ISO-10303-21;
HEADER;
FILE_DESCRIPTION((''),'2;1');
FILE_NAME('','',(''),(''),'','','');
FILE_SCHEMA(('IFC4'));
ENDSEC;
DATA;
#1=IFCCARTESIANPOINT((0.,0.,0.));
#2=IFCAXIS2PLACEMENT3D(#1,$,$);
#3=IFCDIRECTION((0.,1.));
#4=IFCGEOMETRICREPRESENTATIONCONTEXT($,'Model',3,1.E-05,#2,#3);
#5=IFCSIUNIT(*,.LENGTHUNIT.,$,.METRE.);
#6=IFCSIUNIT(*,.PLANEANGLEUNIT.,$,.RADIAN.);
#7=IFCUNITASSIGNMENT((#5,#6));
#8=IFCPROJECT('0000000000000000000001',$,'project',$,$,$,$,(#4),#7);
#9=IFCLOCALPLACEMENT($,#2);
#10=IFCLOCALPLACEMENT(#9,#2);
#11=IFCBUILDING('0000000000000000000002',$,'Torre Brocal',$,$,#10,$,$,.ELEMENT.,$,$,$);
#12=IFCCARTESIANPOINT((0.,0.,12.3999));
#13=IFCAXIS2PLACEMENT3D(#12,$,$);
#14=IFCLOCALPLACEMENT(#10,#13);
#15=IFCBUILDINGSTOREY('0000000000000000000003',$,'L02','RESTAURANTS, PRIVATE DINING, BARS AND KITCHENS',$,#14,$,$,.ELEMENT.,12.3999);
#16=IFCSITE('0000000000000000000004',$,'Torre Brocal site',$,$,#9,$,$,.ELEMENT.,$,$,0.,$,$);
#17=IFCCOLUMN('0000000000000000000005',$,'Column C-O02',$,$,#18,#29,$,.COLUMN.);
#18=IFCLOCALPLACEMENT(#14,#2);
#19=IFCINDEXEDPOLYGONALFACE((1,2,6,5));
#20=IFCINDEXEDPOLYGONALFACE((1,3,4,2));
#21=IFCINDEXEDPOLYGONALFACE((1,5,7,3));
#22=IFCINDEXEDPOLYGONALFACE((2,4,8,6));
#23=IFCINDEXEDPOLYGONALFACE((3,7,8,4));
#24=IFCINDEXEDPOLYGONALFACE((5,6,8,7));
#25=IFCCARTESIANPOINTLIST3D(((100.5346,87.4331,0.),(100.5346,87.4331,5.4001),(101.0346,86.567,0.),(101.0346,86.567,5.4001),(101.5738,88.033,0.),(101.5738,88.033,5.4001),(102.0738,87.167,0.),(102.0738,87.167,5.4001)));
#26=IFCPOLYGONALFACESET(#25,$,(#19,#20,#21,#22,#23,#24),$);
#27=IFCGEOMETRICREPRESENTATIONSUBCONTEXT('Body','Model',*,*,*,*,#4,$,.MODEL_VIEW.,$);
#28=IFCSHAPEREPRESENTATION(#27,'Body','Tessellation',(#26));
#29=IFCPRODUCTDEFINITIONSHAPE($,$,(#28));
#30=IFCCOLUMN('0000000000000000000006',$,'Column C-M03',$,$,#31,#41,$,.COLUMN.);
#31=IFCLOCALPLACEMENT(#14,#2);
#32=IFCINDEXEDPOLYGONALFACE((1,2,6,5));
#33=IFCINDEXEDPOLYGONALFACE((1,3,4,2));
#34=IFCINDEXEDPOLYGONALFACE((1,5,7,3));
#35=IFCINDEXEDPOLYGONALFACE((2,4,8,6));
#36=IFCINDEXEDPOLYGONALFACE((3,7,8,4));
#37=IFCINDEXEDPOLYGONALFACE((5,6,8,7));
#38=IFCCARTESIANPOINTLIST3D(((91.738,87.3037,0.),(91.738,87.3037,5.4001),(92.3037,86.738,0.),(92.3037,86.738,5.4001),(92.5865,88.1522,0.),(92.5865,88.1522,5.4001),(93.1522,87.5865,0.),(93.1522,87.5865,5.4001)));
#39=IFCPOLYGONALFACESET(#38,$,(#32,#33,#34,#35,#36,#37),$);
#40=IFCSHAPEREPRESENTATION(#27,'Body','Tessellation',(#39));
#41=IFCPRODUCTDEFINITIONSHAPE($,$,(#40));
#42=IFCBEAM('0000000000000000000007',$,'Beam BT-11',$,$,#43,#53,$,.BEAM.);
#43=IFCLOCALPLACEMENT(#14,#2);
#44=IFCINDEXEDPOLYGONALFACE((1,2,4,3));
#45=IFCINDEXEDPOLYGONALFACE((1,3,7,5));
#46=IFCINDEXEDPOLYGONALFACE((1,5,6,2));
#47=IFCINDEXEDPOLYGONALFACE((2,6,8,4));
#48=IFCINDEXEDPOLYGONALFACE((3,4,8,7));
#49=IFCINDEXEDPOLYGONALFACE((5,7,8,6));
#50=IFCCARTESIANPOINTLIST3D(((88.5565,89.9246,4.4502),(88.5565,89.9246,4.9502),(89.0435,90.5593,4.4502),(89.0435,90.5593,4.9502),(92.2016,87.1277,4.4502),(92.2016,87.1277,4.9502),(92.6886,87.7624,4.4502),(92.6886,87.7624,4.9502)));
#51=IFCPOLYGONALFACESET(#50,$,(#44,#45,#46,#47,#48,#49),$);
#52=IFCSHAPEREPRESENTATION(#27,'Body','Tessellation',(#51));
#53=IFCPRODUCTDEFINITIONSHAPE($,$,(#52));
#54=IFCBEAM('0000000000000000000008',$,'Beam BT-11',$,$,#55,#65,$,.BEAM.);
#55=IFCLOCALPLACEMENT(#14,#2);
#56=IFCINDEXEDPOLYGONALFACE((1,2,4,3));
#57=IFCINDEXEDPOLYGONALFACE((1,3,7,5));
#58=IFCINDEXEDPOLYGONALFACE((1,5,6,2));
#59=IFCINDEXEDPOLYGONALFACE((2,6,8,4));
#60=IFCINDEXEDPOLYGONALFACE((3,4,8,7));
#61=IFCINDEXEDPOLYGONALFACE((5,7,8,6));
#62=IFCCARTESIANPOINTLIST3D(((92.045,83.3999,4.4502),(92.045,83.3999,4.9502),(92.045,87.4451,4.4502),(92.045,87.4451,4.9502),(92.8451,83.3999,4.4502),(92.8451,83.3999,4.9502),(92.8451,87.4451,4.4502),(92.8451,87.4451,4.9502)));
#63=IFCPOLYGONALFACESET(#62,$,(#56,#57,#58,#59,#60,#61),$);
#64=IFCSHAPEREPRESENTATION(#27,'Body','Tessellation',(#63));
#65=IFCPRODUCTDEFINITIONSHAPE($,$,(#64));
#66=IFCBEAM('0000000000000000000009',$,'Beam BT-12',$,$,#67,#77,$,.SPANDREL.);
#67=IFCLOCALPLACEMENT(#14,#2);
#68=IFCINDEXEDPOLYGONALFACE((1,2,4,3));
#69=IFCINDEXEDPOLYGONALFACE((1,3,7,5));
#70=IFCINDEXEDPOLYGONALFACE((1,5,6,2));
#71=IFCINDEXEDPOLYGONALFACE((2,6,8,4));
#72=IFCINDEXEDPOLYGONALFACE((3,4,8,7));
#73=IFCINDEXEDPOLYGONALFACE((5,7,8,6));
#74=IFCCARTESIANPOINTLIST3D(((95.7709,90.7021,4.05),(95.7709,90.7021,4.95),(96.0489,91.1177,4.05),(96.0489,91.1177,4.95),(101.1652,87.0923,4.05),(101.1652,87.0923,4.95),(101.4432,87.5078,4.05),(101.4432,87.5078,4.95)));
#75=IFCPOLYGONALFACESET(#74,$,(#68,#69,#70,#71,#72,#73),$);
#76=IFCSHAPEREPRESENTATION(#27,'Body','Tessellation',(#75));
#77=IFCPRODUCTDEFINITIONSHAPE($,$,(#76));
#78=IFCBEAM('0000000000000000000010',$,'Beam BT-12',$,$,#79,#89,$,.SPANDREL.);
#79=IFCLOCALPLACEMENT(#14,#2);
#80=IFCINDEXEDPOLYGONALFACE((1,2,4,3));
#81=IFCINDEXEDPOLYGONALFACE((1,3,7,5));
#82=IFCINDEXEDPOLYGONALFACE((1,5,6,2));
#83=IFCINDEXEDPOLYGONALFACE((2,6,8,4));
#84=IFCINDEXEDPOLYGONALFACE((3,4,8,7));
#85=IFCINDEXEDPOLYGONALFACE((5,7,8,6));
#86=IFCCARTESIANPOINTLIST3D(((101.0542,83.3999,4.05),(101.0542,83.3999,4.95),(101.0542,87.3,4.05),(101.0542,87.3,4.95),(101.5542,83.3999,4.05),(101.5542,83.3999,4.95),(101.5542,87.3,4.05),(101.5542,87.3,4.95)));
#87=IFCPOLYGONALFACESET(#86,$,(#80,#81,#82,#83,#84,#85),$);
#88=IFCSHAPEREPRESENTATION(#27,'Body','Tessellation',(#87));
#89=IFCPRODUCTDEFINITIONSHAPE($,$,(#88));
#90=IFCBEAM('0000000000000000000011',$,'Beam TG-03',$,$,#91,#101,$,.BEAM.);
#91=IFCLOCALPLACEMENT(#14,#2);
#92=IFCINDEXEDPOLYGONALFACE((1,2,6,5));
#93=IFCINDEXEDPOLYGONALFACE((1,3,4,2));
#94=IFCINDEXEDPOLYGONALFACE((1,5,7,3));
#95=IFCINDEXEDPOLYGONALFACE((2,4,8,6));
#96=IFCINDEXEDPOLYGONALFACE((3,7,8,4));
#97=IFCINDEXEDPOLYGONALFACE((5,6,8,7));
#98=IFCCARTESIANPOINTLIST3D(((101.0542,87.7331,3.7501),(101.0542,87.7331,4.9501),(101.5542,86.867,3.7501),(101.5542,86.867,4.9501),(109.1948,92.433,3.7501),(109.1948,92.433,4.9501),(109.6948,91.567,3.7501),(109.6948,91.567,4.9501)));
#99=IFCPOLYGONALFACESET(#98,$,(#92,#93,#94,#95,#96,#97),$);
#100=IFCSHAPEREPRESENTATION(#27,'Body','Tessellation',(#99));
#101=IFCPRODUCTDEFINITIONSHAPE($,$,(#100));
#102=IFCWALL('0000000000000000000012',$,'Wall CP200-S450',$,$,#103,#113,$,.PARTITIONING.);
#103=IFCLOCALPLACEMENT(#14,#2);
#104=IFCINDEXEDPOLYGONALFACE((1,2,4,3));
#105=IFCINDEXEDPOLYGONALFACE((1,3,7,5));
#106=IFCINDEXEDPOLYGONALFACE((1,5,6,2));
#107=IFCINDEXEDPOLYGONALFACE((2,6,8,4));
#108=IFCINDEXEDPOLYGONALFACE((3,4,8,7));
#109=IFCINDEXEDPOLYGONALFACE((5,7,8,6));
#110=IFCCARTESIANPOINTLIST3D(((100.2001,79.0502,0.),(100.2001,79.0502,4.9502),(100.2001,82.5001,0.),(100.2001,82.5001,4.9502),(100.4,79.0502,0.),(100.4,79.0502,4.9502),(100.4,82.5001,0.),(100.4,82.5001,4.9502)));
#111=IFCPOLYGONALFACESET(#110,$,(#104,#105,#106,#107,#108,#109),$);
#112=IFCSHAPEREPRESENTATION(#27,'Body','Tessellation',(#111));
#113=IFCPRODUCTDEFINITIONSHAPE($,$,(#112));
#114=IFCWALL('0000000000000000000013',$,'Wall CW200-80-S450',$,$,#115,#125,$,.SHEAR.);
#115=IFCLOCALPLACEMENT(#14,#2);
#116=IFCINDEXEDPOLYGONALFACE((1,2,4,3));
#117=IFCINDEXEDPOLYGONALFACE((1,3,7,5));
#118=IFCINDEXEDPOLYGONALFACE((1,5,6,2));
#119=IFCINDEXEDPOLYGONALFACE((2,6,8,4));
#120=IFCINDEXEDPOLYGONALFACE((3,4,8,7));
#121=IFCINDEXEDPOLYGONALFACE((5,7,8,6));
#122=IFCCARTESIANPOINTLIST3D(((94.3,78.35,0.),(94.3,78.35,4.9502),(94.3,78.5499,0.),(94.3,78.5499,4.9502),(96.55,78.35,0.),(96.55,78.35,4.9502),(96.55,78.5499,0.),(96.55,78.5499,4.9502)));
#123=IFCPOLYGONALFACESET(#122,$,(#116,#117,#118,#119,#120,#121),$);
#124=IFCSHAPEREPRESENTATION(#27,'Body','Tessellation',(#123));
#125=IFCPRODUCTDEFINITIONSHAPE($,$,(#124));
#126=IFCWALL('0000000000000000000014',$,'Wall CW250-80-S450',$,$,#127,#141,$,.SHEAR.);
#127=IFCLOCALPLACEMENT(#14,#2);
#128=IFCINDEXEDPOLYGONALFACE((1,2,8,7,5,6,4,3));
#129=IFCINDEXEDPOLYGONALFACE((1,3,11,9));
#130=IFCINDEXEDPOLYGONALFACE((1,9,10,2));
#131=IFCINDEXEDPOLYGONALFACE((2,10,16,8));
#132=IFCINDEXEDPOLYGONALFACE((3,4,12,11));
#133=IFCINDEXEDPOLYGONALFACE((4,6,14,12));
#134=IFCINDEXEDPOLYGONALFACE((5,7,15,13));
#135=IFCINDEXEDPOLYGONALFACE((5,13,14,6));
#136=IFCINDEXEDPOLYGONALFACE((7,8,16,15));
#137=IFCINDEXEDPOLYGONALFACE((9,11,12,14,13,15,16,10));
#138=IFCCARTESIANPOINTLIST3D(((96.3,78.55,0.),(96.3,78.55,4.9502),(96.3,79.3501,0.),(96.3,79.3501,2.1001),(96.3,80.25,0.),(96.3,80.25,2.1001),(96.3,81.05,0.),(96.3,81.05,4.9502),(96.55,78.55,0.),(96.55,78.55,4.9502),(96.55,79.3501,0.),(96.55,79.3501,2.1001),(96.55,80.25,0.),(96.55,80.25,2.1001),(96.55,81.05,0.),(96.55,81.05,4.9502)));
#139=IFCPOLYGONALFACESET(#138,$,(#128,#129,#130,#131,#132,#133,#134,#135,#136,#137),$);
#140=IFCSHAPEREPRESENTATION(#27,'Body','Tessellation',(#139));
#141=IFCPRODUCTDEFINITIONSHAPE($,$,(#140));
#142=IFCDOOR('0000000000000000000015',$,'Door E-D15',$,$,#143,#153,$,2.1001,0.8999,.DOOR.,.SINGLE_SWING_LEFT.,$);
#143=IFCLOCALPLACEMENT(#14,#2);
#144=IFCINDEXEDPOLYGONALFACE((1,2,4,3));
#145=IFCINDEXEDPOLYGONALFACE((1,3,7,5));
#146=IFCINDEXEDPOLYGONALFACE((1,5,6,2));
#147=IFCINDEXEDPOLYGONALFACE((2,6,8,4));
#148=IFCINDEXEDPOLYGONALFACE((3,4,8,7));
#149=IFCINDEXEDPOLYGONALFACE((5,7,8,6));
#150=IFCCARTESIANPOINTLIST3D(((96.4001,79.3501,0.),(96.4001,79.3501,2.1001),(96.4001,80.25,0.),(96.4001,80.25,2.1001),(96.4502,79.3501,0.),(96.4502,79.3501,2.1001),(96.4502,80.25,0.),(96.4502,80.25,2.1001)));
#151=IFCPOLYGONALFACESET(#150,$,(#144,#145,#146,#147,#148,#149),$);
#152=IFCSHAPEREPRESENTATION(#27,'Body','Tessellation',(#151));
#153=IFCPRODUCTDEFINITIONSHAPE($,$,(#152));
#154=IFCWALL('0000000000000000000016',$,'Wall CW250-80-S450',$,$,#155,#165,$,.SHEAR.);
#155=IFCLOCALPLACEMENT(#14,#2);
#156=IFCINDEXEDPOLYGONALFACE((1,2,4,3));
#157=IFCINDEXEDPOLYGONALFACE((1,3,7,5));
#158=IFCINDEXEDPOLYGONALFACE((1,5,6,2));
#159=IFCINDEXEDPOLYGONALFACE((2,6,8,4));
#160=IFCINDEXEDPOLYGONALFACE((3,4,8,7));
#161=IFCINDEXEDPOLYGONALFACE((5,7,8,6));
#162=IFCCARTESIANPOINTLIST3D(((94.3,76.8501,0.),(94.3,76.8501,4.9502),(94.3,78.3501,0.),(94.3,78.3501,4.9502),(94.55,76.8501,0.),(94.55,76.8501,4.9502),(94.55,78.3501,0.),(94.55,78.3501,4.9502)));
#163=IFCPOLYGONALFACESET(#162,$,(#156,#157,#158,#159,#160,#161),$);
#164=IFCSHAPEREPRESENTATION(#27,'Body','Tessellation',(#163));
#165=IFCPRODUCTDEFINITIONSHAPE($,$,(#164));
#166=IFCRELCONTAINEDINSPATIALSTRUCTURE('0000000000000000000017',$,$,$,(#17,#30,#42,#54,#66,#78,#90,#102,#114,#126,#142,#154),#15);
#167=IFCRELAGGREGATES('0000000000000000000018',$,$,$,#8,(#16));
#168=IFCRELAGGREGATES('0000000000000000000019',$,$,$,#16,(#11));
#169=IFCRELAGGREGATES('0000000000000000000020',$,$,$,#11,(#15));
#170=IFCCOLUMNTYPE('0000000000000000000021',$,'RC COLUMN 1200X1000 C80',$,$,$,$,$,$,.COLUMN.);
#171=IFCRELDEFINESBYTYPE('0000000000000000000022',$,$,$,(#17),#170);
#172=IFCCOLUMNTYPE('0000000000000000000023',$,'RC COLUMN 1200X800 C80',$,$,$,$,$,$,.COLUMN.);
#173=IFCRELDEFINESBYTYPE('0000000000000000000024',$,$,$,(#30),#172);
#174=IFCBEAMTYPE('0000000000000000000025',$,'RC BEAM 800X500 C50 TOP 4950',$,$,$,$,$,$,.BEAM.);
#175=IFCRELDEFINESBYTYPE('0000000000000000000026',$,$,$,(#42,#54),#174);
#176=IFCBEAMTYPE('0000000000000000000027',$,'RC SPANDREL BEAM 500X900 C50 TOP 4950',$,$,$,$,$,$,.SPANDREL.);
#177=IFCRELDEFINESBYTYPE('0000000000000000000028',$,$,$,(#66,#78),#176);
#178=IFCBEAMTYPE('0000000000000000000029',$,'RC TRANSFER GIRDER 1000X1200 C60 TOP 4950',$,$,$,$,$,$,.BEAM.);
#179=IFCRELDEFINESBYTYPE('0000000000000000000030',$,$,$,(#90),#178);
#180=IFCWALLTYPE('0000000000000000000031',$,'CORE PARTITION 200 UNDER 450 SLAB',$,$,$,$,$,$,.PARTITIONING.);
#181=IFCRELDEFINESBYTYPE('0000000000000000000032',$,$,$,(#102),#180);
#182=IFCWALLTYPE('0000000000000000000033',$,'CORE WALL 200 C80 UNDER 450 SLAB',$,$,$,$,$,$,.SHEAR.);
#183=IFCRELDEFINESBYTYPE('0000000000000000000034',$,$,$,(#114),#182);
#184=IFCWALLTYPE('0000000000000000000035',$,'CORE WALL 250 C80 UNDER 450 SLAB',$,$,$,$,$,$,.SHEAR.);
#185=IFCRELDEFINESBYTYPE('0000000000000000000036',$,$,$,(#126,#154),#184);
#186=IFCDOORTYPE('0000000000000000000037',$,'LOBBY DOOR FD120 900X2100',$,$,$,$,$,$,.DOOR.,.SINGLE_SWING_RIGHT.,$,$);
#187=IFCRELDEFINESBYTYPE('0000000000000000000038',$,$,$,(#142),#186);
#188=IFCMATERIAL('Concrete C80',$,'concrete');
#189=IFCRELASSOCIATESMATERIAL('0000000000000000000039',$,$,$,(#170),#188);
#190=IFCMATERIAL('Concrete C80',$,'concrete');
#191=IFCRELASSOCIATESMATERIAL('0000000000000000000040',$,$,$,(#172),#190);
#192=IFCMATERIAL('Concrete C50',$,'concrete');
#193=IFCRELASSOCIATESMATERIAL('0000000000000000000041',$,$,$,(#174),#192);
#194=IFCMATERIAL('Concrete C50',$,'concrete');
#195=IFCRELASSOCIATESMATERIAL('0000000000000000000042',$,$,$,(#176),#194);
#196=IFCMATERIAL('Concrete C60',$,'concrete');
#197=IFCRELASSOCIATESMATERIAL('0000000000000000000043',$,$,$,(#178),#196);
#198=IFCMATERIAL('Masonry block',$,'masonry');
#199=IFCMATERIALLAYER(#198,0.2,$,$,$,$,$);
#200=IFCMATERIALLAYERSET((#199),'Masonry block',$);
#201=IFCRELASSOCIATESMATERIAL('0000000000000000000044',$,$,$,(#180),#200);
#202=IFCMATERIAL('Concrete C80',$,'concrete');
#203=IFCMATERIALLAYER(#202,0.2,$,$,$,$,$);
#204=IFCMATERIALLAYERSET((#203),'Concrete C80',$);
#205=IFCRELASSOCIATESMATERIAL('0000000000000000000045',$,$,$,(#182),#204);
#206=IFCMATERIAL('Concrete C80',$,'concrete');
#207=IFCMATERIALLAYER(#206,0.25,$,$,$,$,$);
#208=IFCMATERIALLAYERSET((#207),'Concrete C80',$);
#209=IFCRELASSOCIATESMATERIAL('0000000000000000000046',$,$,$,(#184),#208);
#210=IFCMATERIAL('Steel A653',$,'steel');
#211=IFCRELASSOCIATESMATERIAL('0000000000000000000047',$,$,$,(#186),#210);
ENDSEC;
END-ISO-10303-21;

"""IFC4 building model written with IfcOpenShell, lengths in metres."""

from ifc_helpers import new_model, si_unit, direction, frame, frame_2d, origin, origin_2d, place, context, subcontext, project, spatial, rectangle, extrude, material, layer, layer_set, material_profile, profile_set, type_object, element, fill, save


model = new_model("IFC4")

# Units and contexts
model_context = context("Model", 3, precision=1e-05, world=origin(), true_north=direction((0.0, 1.0)))
body_context = subcontext(model_context, "Body", "Model", "MODEL_VIEW")
ifc_project = project(units=[si_unit("LENGTHUNIT", "METRE"), si_unit("PLANEANGLEUNIT", "RADIAN")], contexts=[model_context])

# Site, building, storey
site_placement = place(None, origin())
site = spatial("IfcSite", under=ifc_project, at=site_placement, Name="Torre Brocal site", CompositionType="ELEMENT", RefElevation=0.0)
building_placement = place(site_placement, origin())
building = spatial("IfcBuilding", under=site, at=building_placement, Name="Torre Brocal", CompositionType="ELEMENT")
storey_placement = place(building_placement, frame((0.0, 0.0, 12.3999)))
storey = spatial("IfcBuildingStorey", under=building, at=storey_placement, Name="L02", Description="RESTAURANTS, PRIVATE DINING, BARS AND KITCHENS", CompositionType="ELEMENT", Elevation=12.3999)

# Columns
ifc_material_1 = material(Name="Concrete C80", Category="concrete")
ifc_material_profile_1 = material_profile(ifc_material_1, rectangle(XDim=1.2, YDim=1.0, at=origin_2d()), Name="RC 1200X1000")
ifc_profile_set_1 = profile_set([ifc_material_profile_1], Name="Concrete C80")
column_type_1 = type_object("IfcColumnType", Name="RC COLUMN 1200X1000 C80", PredefinedType="COLUMN", material=ifc_profile_set_1)
column_1_placement = place(storey_placement, frame((101.3042, 87.3, 0.0), z_axis=(0.0, 0.0, 1.0), x_axis=(0.866025, 0.5, 0.0)))
element("IfcColumn", 1, at=column_1_placement, inside=storey, type_object=column_type_1, Name="Column C-O02", PredefinedType="COLUMN", context=body_context, shape_type="SweptSolid", body=[
    extrude(rectangle(XDim=1.2, YDim=1.0, at=origin_2d()), origin(), (0.0, 0.0, 1.0), 5.4001),
])
ifc_material_2 = material(Name="Concrete C80", Category="concrete")
ifc_material_profile_2 = material_profile(ifc_material_2, rectangle(XDim=1.2, YDim=0.8, at=origin_2d()), Name="RC 1200X800")
ifc_profile_set_2 = profile_set([ifc_material_profile_2], Name="Concrete C80")
column_type_2 = type_object("IfcColumnType", Name="RC COLUMN 1200X800 C80", PredefinedType="COLUMN", material=ifc_profile_set_2)
column_2_placement = place(storey_placement, frame((92.4451, 87.4451, 0.0), z_axis=(0.0, 0.0, 1.0), x_axis=(0.707107, 0.707107, 0.0)))
element("IfcColumn", 2, at=column_2_placement, inside=storey, type_object=column_type_2, Name="Column C-M03", PredefinedType="COLUMN", context=body_context, shape_type="SweptSolid", body=[
    extrude(rectangle(XDim=1.2, YDim=0.8, at=origin_2d()), origin(), (0.0, 0.0, 1.0), 5.4001),
])

# Beams
ifc_material_3 = material(Name="Concrete C50", Category="concrete")
ifc_material_profile_3 = material_profile(ifc_material_3, rectangle(XDim=0.8, YDim=0.5, at=origin_2d()), Name="RC 800X500")
ifc_profile_set_3 = profile_set([ifc_material_profile_3], Name="Concrete C50")
beam_type_1 = type_object("IfcBeamType", Name="RC BEAM 800X500 C50 TOP 4950", PredefinedType="BEAM", material=ifc_profile_set_3)
beam_1_placement = place(storey_placement, frame((92.4451, 87.4451, 4.7002), z_axis=(-0.793358, 0.608755, 0.0), x_axis=(-0.608755, -0.793358, 0.0)))
element("IfcBeam", 3, at=beam_1_placement, inside=storey, type_object=beam_type_1, Name="Beam BT-11", PredefinedType="BEAM", context=body_context, shape_type="SweptSolid", body=[
    extrude(rectangle(XDim=0.8, YDim=0.5, at=origin_2d()), origin(), (0.0, 0.0, 1.0), 4.5945),
])
beam_2_placement = place(storey_placement, frame((92.4451, 87.4451, 4.7002), z_axis=(0.0, -1.0, 0.0), x_axis=(1.0, 0.0, 0.0)))
element("IfcBeam", 4, at=beam_2_placement, inside=storey, type_object=beam_type_1, Name="Beam BT-11", PredefinedType="BEAM", context=body_context, shape_type="SweptSolid", body=[
    extrude(rectangle(XDim=0.8, YDim=0.5, at=origin_2d()), origin(), (0.0, 0.0, 1.0), 4.0452),
])
ifc_material_4 = material(Name="Concrete C50", Category="concrete")
ifc_material_profile_4 = material_profile(ifc_material_4, rectangle(XDim=0.5, YDim=0.8999, at=origin_2d()), Name="RC 500X900")
ifc_profile_set_4 = profile_set([ifc_material_profile_4], Name="Concrete C50")
beam_type_2 = type_object("IfcBeamType", Name="RC SPANDREL BEAM 500X900 C50 TOP 4950", PredefinedType="SPANDREL", material=ifc_profile_set_4)
beam_3_placement = place(storey_placement, frame((101.3042, 87.3, 4.5), z_axis=(-0.831077, 0.556158, 0.0), x_axis=(-0.556158, -0.831077, 0.0)))
element("IfcBeam", 5, at=beam_3_placement, inside=storey, type_object=beam_type_2, Name="Beam BT-12", PredefinedType="SPANDREL", context=body_context, shape_type="SweptSolid", body=[
    extrude(rectangle(XDim=0.5, YDim=0.8999, at=origin_2d()), origin(), (0.0, 0.0, 1.0), 6.4907),
])
beam_4_placement = place(storey_placement, frame((101.3042, 87.3, 4.5), z_axis=(0.0, -1.0, 0.0), x_axis=(1.0, 0.0, 0.0)))
element("IfcBeam", 6, at=beam_4_placement, inside=storey, type_object=beam_type_2, Name="Beam BT-12", PredefinedType="SPANDREL", context=body_context, shape_type="SweptSolid", body=[
    extrude(rectangle(XDim=0.5, YDim=0.8999, at=origin_2d()), origin(), (0.0, 0.0, 1.0), 3.9001),
])
ifc_material_5 = material(Name="Concrete C60", Category="concrete")
ifc_material_profile_5 = material_profile(ifc_material_5, rectangle(XDim=1.0, YDim=1.2, at=origin_2d()), Name="RC 1000X1200")
ifc_profile_set_5 = profile_set([ifc_material_profile_5], Name="Concrete C60")
beam_type_3 = type_object("IfcBeamType", Name="RC TRANSFER GIRDER 1000X1200 C60 TOP 4950", PredefinedType="BEAM", material=ifc_profile_set_5)
beam_5_placement = place(storey_placement, frame((101.3042, 87.3, 4.3501), z_axis=(0.866027, 0.499997, 0.0), x_axis=(-0.499997, 0.866027, 0.0)))
element("IfcBeam", 7, at=beam_5_placement, inside=storey, type_object=beam_type_3, Name="Beam TG-03", PredefinedType="BEAM", context=body_context, shape_type="SweptSolid", body=[
    extrude(rectangle(XDim=1.0, YDim=1.2, at=origin_2d()), origin(), (0.0, 0.0, 1.0), 9.3999),
])

# Walls
ifc_material_6 = material(Name="Masonry block", Category="masonry")
ifc_layer_1 = layer(ifc_material_6, 0.2)
ifc_layer_set_1 = layer_set([ifc_layer_1], Name="Masonry block")
wall_type_1 = type_object("IfcWallType", Name="CORE PARTITION 200 UNDER 450 SLAB", PredefinedType="PARTITIONING", material=ifc_layer_set_1)
wall_1_placement = place(storey_placement, frame((100.3, 79.05, 0.0), z_axis=(0.0, 0.0, 1.0), x_axis=(0.0, 1.0, 0.0)))
element("IfcWall", 8, at=wall_1_placement, inside=storey, type_object=wall_type_1, Name="Wall CP200-S450", PredefinedType="PARTITIONING", context=body_context, shape_type="SweptSolid", body=[
    extrude(rectangle(XDim=3.45, YDim=0.2, at=frame_2d((1.7251, 0.0))), origin(), (0.0, 0.0, 1.0), 4.9502),
])
ifc_material_7 = material(Name="Concrete C80", Category="concrete")
ifc_layer_2 = layer(ifc_material_7, 0.2)
ifc_layer_set_2 = layer_set([ifc_layer_2], Name="Concrete C80")
wall_type_2 = type_object("IfcWallType", Name="CORE WALL 200 C80 UNDER 450 SLAB", PredefinedType="SHEAR", material=ifc_layer_set_2)
wall_2_placement = place(storey_placement, frame((94.3, 78.45, 0.0), z_axis=(0.0, 0.0, 1.0), x_axis=(1.0, 0.0, 0.0)))
element("IfcWall", 9, at=wall_2_placement, inside=storey, type_object=wall_type_2, Name="Wall CW200-80-S450", PredefinedType="SHEAR", context=body_context, shape_type="SweptSolid", body=[
    extrude(rectangle(XDim=2.25, YDim=0.2, at=frame_2d((1.125, 0.0))), origin(), (0.0, 0.0, 1.0), 4.9502),
])

# Wall, opening, door
ifc_material_8 = material(Name="Concrete C80", Category="concrete")
ifc_layer_3 = layer(ifc_material_8, 0.25)
ifc_layer_set_3 = layer_set([ifc_layer_3], Name="Concrete C80")
wall_type_3 = type_object("IfcWallType", Name="CORE WALL 250 C80 UNDER 450 SLAB", PredefinedType="SHEAR", material=ifc_layer_set_3)
wall_3_placement = place(storey_placement, frame((96.425, 78.55, 0.0), z_axis=(0.0, 0.0, 1.0), x_axis=(0.0, 1.0, 0.0)))
wall_3 = element("IfcWall", 10, at=wall_3_placement, inside=storey, type_object=wall_type_3, Name="Wall CW250-80-S450", PredefinedType="SHEAR", context=body_context, shape_type="SweptSolid", body=[
    extrude(rectangle(XDim=2.5, YDim=0.25, at=frame_2d((1.25, 0.0))), origin(), (0.0, 0.0, 1.0), 4.9502),
])
opening_1_placement = place(wall_3_placement, frame((0.8, 0.0, 0.0)))
opening_1 = element("IfcOpeningElement", 11, at=opening_1_placement, cuts=wall_3, PredefinedType="OPENING", context=body_context, shape_type="SweptSolid", body=[
    extrude(rectangle(XDim=0.8999, YDim=2.1001, at=frame_2d((0.45, 1.05))), frame((0.0, 0.135, 0.0), z_axis=(0.0, -1.0, 0.0), x_axis=(1.0, 0.0, 0.0)), (0.0, 0.0, 1.0), 0.27),
])
ifc_material_9 = material(Name="Steel A653", Category="steel")
door_type_1 = type_object("IfcDoorType", Name="LOBBY DOOR FD120 900X2100", OperationType="SINGLE_SWING_RIGHT", PredefinedType="DOOR", material=ifc_material_9)
door_1_placement = place(opening_1_placement, origin())
door_1 = element("IfcDoor", 12, at=door_1_placement, inside=storey, type_object=door_type_1, Name="Door E-D15", OperationType="SINGLE_SWING_LEFT", OverallHeight=2.1001, OverallWidth=0.8999, PredefinedType="DOOR", context=body_context, shape_type="SweptSolid", body=[
    extrude(rectangle(XDim=0.8999, YDim=2.1001, at=frame_2d((0.45, 1.05))), frame((0.0, 0.0249, 0.0), z_axis=(0.0, -1.0, 0.0), x_axis=(1.0, 0.0, 0.0)), (0.0, 0.0, 1.0), 0.05),
])
fill(opening_1, door_1)

# Wall
wall_4_placement = place(storey_placement, frame((94.425, 76.8501, 0.0), z_axis=(0.0, 0.0, 1.0), x_axis=(0.0, 1.0, 0.0)))
element("IfcWall", 13, at=wall_4_placement, inside=storey, type_object=wall_type_3, Name="Wall CW250-80-S450", PredefinedType="SHEAR", context=body_context, shape_type="SweptSolid", body=[
    extrude(rectangle(XDim=1.5, YDim=0.25, at=frame_2d((0.75, 0.0))), origin(), (0.0, 0.0, 1.0), 4.9502),
])

save(model, "model.ifc")
